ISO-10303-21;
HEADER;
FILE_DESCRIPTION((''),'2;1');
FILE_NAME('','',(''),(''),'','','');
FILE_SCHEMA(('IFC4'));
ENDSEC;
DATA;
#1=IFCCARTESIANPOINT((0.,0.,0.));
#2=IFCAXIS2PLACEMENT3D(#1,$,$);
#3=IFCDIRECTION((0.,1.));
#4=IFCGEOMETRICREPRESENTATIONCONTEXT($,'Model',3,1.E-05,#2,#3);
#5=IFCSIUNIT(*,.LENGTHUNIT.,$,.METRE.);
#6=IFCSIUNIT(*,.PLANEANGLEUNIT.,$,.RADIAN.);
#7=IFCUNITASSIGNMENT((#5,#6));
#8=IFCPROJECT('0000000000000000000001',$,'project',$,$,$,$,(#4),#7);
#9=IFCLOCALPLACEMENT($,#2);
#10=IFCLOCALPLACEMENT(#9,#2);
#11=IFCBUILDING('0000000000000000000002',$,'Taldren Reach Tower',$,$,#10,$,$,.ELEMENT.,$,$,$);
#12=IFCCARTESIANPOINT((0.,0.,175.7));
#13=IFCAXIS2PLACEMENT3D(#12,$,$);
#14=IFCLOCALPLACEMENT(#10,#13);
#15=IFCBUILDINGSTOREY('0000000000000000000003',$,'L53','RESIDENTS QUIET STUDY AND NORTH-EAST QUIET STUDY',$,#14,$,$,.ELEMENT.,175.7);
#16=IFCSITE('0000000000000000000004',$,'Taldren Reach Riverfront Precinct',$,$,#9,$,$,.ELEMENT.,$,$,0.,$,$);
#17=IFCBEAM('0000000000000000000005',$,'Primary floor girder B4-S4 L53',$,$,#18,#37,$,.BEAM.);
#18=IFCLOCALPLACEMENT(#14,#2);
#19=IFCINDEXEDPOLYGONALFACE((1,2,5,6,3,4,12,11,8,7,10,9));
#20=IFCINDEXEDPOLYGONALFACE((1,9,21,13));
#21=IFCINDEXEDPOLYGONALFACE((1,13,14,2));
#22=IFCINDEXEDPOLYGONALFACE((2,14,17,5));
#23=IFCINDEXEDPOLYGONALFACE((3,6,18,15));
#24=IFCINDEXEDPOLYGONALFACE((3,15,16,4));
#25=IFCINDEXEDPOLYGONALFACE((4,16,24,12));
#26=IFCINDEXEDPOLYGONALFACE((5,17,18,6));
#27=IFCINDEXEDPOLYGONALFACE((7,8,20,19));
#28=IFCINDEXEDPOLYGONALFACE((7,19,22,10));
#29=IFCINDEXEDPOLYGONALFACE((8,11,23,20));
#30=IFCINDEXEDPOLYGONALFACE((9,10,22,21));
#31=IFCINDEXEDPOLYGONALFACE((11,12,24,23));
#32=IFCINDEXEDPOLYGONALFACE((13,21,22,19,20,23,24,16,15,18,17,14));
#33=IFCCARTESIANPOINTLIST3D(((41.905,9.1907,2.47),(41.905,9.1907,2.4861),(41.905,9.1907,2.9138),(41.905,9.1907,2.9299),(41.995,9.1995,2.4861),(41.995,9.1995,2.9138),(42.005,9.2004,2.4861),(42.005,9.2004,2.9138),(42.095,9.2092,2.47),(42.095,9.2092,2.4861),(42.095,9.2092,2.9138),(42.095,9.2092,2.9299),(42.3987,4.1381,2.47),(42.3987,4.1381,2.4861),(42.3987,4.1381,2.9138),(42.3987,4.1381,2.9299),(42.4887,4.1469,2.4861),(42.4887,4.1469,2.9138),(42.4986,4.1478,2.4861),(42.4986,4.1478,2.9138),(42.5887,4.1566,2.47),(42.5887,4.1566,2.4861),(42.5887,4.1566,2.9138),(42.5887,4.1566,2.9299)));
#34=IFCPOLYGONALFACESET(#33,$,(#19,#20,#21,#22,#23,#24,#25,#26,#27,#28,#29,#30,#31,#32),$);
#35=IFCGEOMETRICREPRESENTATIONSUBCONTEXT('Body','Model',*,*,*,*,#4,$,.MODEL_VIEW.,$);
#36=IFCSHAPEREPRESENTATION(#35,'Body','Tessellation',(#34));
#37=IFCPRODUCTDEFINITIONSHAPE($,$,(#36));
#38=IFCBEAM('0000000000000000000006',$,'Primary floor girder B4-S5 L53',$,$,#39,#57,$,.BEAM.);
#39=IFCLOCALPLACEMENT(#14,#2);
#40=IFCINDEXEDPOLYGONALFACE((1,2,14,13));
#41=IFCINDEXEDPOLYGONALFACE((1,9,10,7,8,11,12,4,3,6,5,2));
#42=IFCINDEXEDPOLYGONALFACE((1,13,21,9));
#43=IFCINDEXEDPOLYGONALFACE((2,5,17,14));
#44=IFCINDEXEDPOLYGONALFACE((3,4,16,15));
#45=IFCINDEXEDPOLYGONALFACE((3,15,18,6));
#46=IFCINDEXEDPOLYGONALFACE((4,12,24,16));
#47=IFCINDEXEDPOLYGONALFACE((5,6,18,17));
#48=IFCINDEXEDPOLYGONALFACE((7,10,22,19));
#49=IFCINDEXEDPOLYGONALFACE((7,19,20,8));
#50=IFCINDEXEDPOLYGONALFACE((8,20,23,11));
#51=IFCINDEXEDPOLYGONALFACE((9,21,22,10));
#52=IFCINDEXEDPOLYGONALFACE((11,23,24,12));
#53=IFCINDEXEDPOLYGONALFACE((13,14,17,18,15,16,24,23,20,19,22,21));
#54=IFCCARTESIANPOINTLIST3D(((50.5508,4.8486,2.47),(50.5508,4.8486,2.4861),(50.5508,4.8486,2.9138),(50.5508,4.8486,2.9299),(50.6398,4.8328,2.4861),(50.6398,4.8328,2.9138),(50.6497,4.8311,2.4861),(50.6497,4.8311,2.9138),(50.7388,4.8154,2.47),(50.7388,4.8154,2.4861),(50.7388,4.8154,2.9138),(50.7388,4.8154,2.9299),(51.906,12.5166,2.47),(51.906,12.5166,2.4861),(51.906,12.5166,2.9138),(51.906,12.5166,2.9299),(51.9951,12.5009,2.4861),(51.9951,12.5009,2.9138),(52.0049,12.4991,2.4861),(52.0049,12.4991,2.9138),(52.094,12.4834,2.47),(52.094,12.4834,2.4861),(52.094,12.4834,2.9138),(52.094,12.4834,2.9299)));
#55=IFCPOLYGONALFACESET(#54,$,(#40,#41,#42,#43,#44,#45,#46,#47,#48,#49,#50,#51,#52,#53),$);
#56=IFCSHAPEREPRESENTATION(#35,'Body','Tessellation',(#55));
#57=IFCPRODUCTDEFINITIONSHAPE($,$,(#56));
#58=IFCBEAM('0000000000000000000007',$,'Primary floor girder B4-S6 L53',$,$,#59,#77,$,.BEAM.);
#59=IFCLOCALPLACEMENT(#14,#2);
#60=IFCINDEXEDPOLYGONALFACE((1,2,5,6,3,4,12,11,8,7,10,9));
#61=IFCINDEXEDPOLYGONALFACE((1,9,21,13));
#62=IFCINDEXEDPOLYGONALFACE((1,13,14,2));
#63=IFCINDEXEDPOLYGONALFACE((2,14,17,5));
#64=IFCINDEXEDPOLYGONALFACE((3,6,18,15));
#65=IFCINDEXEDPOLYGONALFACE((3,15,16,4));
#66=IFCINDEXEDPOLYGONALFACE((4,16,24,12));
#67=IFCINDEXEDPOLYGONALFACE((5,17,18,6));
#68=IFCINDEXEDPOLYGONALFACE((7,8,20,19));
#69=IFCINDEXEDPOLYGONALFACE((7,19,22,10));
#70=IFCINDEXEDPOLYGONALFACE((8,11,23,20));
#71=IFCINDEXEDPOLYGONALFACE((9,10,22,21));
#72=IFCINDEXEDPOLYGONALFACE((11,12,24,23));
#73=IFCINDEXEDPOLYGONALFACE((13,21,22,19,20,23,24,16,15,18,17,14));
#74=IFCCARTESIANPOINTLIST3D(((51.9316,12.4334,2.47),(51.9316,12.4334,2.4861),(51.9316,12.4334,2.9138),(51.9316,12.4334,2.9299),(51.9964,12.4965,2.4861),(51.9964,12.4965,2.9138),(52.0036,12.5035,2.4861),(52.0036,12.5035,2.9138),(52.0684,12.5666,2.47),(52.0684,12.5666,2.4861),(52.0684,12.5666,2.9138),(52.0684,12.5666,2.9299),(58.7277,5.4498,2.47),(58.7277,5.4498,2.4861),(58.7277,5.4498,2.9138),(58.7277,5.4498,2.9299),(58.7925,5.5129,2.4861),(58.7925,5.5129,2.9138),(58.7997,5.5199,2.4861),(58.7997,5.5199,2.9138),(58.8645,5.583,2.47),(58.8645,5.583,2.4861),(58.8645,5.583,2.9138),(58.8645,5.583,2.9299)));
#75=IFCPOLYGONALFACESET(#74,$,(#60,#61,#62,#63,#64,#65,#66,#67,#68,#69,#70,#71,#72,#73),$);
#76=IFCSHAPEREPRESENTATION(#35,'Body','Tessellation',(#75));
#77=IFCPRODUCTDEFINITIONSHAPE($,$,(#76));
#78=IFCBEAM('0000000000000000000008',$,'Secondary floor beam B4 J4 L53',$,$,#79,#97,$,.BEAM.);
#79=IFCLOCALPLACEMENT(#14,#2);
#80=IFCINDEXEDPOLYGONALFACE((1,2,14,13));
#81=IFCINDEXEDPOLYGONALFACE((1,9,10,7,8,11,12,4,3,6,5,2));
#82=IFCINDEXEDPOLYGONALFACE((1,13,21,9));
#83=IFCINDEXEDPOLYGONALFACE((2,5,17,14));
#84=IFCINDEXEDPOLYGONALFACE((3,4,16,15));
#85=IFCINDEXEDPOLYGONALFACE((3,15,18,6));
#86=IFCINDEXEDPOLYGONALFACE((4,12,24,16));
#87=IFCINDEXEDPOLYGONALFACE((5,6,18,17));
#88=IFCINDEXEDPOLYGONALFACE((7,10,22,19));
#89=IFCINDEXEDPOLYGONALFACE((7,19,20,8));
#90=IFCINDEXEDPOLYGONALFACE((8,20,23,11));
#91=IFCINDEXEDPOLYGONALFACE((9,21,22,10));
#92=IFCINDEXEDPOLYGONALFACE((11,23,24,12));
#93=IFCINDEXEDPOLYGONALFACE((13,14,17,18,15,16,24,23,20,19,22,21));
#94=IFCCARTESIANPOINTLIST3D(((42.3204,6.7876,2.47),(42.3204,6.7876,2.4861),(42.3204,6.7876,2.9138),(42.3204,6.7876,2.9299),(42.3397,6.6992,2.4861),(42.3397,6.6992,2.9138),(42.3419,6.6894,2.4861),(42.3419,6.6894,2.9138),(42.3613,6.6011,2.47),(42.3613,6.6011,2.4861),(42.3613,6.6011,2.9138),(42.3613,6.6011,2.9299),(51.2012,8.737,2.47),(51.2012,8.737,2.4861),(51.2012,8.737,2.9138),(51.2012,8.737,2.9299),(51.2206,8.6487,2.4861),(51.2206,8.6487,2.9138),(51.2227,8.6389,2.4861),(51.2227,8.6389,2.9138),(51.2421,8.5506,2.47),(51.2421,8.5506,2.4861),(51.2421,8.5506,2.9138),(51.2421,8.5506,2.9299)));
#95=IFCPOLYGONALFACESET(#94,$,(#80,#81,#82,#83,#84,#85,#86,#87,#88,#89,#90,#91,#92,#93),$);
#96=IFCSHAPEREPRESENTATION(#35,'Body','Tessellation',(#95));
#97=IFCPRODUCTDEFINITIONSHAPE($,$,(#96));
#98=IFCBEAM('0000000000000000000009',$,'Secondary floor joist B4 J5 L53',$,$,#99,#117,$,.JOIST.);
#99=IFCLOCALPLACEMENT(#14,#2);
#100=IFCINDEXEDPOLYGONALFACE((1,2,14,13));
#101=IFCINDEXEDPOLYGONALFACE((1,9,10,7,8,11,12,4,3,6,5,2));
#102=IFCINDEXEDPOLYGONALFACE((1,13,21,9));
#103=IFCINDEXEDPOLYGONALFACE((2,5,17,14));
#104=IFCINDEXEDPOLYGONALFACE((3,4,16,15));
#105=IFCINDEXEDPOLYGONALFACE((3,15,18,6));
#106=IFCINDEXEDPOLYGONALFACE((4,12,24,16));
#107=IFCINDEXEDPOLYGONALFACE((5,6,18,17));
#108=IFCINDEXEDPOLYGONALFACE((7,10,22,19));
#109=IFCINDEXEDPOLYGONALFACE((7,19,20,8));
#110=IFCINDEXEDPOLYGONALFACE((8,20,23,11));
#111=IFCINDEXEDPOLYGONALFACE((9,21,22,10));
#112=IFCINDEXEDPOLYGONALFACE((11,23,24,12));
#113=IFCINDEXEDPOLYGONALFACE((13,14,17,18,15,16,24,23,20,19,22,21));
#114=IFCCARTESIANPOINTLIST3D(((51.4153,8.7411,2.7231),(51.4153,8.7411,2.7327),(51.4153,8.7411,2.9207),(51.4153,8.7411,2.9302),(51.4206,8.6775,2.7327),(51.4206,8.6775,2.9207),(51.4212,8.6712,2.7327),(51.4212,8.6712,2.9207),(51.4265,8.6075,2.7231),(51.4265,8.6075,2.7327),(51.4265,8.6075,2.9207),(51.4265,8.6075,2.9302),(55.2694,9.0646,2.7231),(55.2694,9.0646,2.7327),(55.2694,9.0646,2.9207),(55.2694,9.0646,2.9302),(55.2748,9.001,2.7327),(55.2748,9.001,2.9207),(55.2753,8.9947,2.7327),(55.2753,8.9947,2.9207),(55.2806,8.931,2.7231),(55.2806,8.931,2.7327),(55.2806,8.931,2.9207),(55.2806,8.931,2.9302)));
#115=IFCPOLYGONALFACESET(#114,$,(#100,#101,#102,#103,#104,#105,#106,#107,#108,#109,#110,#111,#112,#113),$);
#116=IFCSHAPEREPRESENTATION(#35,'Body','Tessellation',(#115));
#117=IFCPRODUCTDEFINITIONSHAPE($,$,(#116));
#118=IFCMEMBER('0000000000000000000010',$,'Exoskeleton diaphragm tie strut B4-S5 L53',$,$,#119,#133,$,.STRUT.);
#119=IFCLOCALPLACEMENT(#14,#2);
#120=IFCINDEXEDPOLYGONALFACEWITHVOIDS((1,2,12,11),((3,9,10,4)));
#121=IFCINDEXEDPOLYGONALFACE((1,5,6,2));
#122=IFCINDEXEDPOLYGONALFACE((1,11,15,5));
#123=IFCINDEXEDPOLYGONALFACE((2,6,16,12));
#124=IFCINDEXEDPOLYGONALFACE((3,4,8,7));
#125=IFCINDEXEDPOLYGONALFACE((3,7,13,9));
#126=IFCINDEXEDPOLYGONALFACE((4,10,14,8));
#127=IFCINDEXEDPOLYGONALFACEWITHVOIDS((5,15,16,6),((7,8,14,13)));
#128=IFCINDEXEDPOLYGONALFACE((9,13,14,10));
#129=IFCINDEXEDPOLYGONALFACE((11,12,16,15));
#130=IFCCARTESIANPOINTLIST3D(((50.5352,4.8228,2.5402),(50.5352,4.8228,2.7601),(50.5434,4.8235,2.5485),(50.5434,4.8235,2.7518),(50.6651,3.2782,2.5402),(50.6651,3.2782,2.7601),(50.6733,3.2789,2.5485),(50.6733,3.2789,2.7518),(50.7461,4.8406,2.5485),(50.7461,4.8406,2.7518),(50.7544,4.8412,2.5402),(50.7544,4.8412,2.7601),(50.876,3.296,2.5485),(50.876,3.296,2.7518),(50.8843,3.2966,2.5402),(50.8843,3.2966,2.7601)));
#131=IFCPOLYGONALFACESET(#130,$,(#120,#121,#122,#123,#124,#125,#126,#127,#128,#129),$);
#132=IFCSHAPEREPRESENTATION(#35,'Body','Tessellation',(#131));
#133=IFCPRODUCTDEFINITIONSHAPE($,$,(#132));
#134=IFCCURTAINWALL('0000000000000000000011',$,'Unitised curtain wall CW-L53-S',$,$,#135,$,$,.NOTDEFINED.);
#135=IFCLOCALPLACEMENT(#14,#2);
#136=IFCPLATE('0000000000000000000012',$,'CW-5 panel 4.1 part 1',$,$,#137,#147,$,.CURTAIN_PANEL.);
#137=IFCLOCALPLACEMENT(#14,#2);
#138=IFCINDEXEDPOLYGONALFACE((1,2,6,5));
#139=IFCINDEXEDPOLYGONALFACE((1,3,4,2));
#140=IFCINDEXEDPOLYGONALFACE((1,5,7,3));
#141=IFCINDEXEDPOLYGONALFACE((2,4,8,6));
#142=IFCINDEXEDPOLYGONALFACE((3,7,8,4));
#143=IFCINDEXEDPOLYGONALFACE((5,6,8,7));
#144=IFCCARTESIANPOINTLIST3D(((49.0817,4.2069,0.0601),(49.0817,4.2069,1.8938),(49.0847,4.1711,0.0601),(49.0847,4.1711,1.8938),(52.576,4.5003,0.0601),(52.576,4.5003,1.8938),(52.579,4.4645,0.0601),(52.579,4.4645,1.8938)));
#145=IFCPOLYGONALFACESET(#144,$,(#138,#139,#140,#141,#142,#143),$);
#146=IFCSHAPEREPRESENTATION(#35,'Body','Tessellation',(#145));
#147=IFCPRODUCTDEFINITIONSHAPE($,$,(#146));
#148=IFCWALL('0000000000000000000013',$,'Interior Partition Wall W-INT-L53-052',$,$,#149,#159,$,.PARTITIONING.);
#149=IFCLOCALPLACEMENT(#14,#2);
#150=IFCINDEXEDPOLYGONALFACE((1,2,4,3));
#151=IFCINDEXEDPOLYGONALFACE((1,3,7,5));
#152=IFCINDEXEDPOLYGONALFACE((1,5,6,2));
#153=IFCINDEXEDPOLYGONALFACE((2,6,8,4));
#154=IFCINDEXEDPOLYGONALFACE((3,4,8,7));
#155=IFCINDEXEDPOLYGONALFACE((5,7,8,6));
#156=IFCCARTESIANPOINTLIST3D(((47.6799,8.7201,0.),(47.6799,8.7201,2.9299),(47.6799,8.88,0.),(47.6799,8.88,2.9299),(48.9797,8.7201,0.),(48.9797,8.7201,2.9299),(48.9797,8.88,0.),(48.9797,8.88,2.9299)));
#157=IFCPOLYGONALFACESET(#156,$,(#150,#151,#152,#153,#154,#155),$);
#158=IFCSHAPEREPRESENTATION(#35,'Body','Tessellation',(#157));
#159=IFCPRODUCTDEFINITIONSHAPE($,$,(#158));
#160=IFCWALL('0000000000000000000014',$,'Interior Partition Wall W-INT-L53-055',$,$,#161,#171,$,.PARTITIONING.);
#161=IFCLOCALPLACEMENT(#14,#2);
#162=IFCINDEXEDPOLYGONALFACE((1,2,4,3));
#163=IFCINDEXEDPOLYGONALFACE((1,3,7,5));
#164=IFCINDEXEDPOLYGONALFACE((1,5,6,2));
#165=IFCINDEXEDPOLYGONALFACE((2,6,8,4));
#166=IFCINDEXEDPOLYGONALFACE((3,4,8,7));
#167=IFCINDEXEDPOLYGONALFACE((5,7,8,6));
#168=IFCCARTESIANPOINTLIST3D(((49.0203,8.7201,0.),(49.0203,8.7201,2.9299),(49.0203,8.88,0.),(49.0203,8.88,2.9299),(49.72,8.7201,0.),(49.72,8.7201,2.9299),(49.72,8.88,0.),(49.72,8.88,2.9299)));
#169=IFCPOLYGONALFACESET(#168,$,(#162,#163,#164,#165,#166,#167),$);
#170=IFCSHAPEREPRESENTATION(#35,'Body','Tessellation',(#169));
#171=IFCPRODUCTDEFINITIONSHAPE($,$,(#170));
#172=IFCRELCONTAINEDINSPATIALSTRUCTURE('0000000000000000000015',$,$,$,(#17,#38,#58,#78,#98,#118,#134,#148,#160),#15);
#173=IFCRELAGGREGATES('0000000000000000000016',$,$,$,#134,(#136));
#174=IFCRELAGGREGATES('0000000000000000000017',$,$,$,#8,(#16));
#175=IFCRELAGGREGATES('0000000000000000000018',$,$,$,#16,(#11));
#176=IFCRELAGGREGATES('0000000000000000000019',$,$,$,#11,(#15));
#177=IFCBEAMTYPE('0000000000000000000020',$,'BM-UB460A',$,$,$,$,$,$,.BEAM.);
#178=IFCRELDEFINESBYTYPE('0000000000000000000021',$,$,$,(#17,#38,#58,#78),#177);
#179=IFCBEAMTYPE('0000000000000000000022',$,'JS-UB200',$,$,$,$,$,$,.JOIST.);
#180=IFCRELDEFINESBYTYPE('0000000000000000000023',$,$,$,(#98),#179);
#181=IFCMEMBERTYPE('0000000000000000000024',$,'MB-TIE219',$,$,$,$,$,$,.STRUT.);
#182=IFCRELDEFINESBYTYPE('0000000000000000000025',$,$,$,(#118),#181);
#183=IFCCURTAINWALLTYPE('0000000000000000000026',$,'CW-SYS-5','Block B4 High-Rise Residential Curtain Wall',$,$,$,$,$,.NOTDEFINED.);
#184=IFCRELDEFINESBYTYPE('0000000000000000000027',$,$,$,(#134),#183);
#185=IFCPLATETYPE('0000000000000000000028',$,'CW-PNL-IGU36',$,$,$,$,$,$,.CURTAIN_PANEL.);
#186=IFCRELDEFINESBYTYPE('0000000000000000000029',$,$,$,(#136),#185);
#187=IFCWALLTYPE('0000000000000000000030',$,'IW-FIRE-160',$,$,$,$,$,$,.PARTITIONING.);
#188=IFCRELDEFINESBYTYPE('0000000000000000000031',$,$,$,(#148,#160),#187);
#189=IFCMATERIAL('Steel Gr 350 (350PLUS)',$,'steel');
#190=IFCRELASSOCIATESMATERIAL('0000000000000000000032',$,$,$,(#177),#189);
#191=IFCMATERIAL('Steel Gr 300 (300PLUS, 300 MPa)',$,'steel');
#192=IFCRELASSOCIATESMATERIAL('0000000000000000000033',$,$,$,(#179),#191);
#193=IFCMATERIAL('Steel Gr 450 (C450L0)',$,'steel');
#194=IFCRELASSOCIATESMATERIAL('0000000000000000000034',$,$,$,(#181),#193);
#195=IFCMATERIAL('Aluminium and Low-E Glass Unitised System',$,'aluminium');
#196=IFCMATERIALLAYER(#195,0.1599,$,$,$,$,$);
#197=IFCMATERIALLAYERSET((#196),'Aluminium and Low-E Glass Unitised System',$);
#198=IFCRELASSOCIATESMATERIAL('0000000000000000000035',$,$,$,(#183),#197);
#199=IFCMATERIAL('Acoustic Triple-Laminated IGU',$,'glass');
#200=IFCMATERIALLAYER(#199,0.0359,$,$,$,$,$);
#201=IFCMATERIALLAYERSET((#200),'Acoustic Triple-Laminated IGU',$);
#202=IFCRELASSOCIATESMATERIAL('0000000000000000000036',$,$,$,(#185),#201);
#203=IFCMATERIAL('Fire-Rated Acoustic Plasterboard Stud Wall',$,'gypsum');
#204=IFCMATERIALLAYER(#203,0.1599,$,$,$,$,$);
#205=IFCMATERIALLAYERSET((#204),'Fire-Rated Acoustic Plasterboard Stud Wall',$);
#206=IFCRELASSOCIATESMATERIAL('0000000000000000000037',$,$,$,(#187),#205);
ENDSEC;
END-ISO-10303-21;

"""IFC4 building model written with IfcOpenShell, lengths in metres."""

from ifc_helpers import new_model, si_unit, direction, frame, frame_2d, origin, origin_2d, place, context, subcontext, project, spatial, rectangle, hollow_rectangle, i_section, extrude, source, transform, mapped, material, layer, layer_set, material_profile, profile_set, type_object, element, aggregate, save


model = new_model("IFC4")

# Units and contexts
model_context = context("Model", 3, precision=1e-05, world=origin(), true_north=direction((0.0, 1.0)))
body_context = subcontext(model_context, "Body", "Model", "MODEL_VIEW")
ifc_project = project(units=[si_unit("LENGTHUNIT", "METRE"), si_unit("PLANEANGLEUNIT", "RADIAN")], contexts=[model_context])

# Site, building, storey
site_placement = place(None, origin())
site = spatial("IfcSite", under=ifc_project, at=site_placement, Name="Taldren Reach Riverfront Precinct", CompositionType="ELEMENT", RefElevation=0.0)
building_placement = place(site_placement, origin())
building = spatial("IfcBuilding", under=site, at=building_placement, Name="Taldren Reach Tower", CompositionType="ELEMENT")
storey_placement = place(building_placement, frame((0.0, 0.0, 175.7)))
storey = spatial("IfcBuildingStorey", under=building, at=storey_placement, Name="L53", Description="RESIDENTS QUIET STUDY AND NORTH-EAST QUIET STUDY", CompositionType="ELEMENT", Elevation=175.7)

# Shared definitions
ifc_material_1 = material(Name="Steel Gr 350 (350PLUS)", Category="steel")

# Beams
ifc_material_profile_1 = material_profile(ifc_material_1, i_section(OverallWidth=0.1909, OverallDepth=0.46, WebThickness=0.01, FlangeThickness=0.0161, at=origin_2d()), Name="460UB82.1")
ifc_profile_set_1 = profile_set([ifc_material_profile_1], Name="Steel Gr 350 (350PLUS)")
beam_type_1 = type_object("IfcBeamType", Name="BM-UB460A", PredefinedType="BEAM", material=ifc_profile_set_1)
shared_shape_1 = source(origin(), body_context, "Body", "SweptSolid", [
    extrude(i_section(OverallWidth=0.1909, OverallDepth=0.46, WebThickness=0.01, FlangeThickness=0.0161, at=origin_2d()), origin(), (0.0, 0.0, 1.0), 5.0767),
])
beam_1_placement = place(storey_placement, frame((42.0, 9.2, 2.7), z_axis=(0.097242, -0.995261, 0.0), x_axis=(0.995261, 0.097242, 0.0)))
element("IfcBeam", 1, at=beam_1_placement, inside=storey, type_object=beam_type_1, Name="Primary floor girder B4-S4 L53", PredefinedType="BEAM", context=body_context, shape_type="MappedRepresentation", body=[
    mapped(shared_shape_1, transform((0.0, 0.0, 0.0), scale=1.0)),
])
shared_shape_2 = source(origin(), body_context, "Body", "SweptSolid", [
    extrude(i_section(OverallWidth=0.1909, OverallDepth=0.46, WebThickness=0.01, FlangeThickness=0.0161, at=origin_2d()), origin(), (0.0, 0.0, 1.0), 7.7869),
])
beam_2_placement = place(storey_placement, frame((52.0, 12.5, 2.7), z_axis=(-0.174041, -0.984738, 0.0), x_axis=(0.984738, -0.174041, 0.0)))
element("IfcBeam", 2, at=beam_2_placement, inside=storey, type_object=beam_type_1, Name="Primary floor girder B4-S5 L53", PredefinedType="BEAM", context=body_context, shape_type="MappedRepresentation", body=[
    mapped(shared_shape_2, transform((0.0, 0.0, 0.0), scale=1.0)),
])
shared_shape_3 = source(origin(), body_context, "Body", "SweptSolid", [
    extrude(i_section(OverallWidth=0.1909, OverallDepth=0.46, WebThickness=0.01, FlangeThickness=0.0161, at=origin_2d()), origin(), (0.0, 0.0, 1.0), 9.7446),
])
beam_3_placement = place(storey_placement, frame((52.0, 12.5, 2.7), z_axis=(0.697421, -0.716662, 0.0), x_axis=(0.716662, 0.697421, 0.0)))
element("IfcBeam", 3, at=beam_3_placement, inside=storey, type_object=beam_type_1, Name="Primary floor girder B4-S6 L53", PredefinedType="BEAM", context=body_context, shape_type="MappedRepresentation", body=[
    mapped(shared_shape_3, transform((0.0, 0.0, 0.0), scale=1.0)),
])
shared_shape_4 = source(origin(), body_context, "Body", "SweptSolid", [
    extrude(i_section(OverallWidth=0.1909, OverallDepth=0.46, WebThickness=0.01, FlangeThickness=0.0161, at=origin_2d()), origin(), (0.0, 0.0, 1.0), 9.0923),
])
beam_4_placement = place(storey_placement, frame((42.3408, 6.6943, 2.7), z_axis=(0.976744, 0.214408, 0.0), x_axis=(-0.214408, 0.976744, 0.0)))
element("IfcBeam", 4, at=beam_4_placement, inside=storey, type_object=beam_type_1, Name="Secondary floor beam B4 J4 L53", PredefinedType="BEAM", context=body_context, shape_type="MappedRepresentation", body=[
    mapped(shared_shape_4, transform((0.0, 0.0, 0.0), scale=1.0)),
])
ifc_material_2 = material(Name="Steel Gr 300 (300PLUS, 300 MPa)", Category="steel")
ifc_material_profile_2 = material_profile(ifc_material_2, i_section(OverallWidth=0.134, OverallDepth=0.207, WebThickness=0.0063, FlangeThickness=0.0095, at=origin_2d()), Name="200UB29.8")
ifc_profile_set_2 = profile_set([ifc_material_profile_2], Name="Steel Gr 300 (300PLUS, 300 MPa)")
beam_type_2 = type_object("IfcBeamType", Name="JS-UB200", PredefinedType="JOIST", material=ifc_profile_set_2)
shared_shape_5 = source(origin(), body_context, "Body", "SweptSolid", [
    extrude(i_section(OverallWidth=0.134, OverallDepth=0.207, WebThickness=0.0063, FlangeThickness=0.0095, at=origin_2d()), origin(), (0.0, 0.0, 1.0), 3.8677),
])
beam_5_placement = place(storey_placement, frame((51.4209, 8.6743, 2.8267), z_axis=(0.996496, 0.083641, 0.0), x_axis=(-0.083641, 0.996496, 0.0)))
element("IfcBeam", 5, at=beam_5_placement, inside=storey, type_object=beam_type_2, Name="Secondary floor joist B4 J5 L53", PredefinedType="JOIST", context=body_context, shape_type="MappedRepresentation", body=[
    mapped(shared_shape_5, transform((0.0, 0.0, 0.0), scale=1.0)),
])

# Member
ifc_material_3 = material(Name="Steel Gr 450 (C450L0)", Category="steel")
ifc_material_profile_3 = material_profile(ifc_material_3, hollow_rectangle(XDim=0.22, YDim=0.22, WallThickness=0.0083, at=origin_2d()), Name="220x220x8.2SHS")
ifc_profile_set_3 = profile_set([ifc_material_profile_3], Name="Steel Gr 450 (C450L0)")
member_type_1 = type_object("IfcMemberType", Name="MB-TIE219", PredefinedType="STRUT", material=ifc_profile_set_3)
shared_shape_6 = source(origin(), body_context, "Body", "SweptSolid", [
    extrude(hollow_rectangle(XDim=0.22, YDim=0.22, WallThickness=0.0083, at=origin_2d()), origin(), (0.0, 0.0, 1.0), 1.55),
])
member_placement = place(storey_placement, frame((50.6448, 4.832, 2.6501), z_axis=(0.083788, -0.996484, 0.0), x_axis=(0.996484, 0.083788, 0.0)))
element("IfcMember", 6, at=member_placement, inside=storey, type_object=member_type_1, Name="Exoskeleton diaphragm tie strut B4-S5 L53", PredefinedType="STRUT", context=body_context, shape_type="MappedRepresentation", body=[
    mapped(shared_shape_6, transform((0.0, 0.0, 0.0), scale=1.0)),
])

# Curtain wall, plate
ifc_material_4 = material(Name="Aluminium and Low-E Glass Unitised System", Category="aluminium")
ifc_layer_1 = layer(ifc_material_4, 0.1599)
ifc_layer_set_1 = layer_set([ifc_layer_1], Name="Aluminium and Low-E Glass Unitised System")
curtain_wall_type = type_object("IfcCurtainWallType", Name="CW-SYS-5", Description="Block B4 High-Rise Residential Curtain Wall", PredefinedType="NOTDEFINED", material=ifc_layer_set_1)
curtain_wall_placement = place(storey_placement, origin())
curtain_wall = element("IfcCurtainWall", 7, at=curtain_wall_placement, inside=storey, type_object=curtain_wall_type, Name="Unitised curtain wall CW-L53-S", PredefinedType="NOTDEFINED")
ifc_material_5 = material(Name="Acoustic Triple-Laminated IGU", Category="glass")
ifc_layer_2 = layer(ifc_material_5, 0.0359)
ifc_layer_set_2 = layer_set([ifc_layer_2], Name="Acoustic Triple-Laminated IGU")
plate_type = type_object("IfcPlateType", Name="CW-PNL-IGU36", PredefinedType="CURTAIN_PANEL", material=ifc_layer_set_2)
shared_shape_7 = source(origin(), body_context, "Body", "SweptSolid", [
    extrude(rectangle(XDim=3.5066, YDim=0.0359, at=origin_2d()), origin(), (0.0, 0.0, 1.0), 1.8337),
])
plate_placement = place(storey_placement, frame((50.8303, 4.3357, 0.0601), z_axis=(0.0, 0.0, 1.0), x_axis=(0.996493, 0.083678, 0.0)))
plate = element("IfcPlate", 8, at=plate_placement, type_object=plate_type, Name="CW-5 panel 4.1 part 1", PredefinedType="CURTAIN_PANEL", context=body_context, shape_type="MappedRepresentation", body=[
    mapped(shared_shape_7, transform((0.0, 0.0, 0.0), scale=1.0)),
])
aggregate(curtain_wall, [plate])

# Walls
ifc_material_6 = material(Name="Fire-Rated Acoustic Plasterboard Stud Wall", Category="gypsum")
ifc_layer_3 = layer(ifc_material_6, 0.1599)
ifc_layer_set_3 = layer_set([ifc_layer_3], Name="Fire-Rated Acoustic Plasterboard Stud Wall")
wall_type_1 = type_object("IfcWallType", Name="IW-FIRE-160", PredefinedType="PARTITIONING", material=ifc_layer_set_3)
shared_shape_8 = source(origin(), body_context, "Body", "SweptSolid", [
    extrude(rectangle(XDim=1.2998, YDim=0.1599, at=frame_2d((0.6499, 0.0))), origin(), (0.0, 0.0, 1.0), 2.9299),
])
wall_1_placement = place(storey_placement, frame((48.9797, 8.8, 0.0), z_axis=(0.0, 0.0, 1.0), x_axis=(-1.0, 0.0, 0.0)))
element("IfcWall", 9, at=wall_1_placement, inside=storey, type_object=wall_type_1, Name="Interior Partition Wall W-INT-L53-052", PredefinedType="PARTITIONING", context=body_context, shape_type="MappedRepresentation", body=[
    mapped(shared_shape_8, transform((0.0, 0.0, 0.0), scale=1.0)),
])
shared_shape_9 = source(origin(), body_context, "Body", "SweptSolid", [
    extrude(rectangle(XDim=0.6997, YDim=0.1599, at=frame_2d((0.3499, 0.0))), origin(), (0.0, 0.0, 1.0), 2.9299),
])
wall_2_placement = place(storey_placement, frame((49.72, 8.8, 0.0), z_axis=(0.0, 0.0, 1.0), x_axis=(-1.0, 0.0, 0.0)))
element("IfcWall", 10, at=wall_2_placement, inside=storey, type_object=wall_type_1, Name="Interior Partition Wall W-INT-L53-055", PredefinedType="PARTITIONING", context=body_context, shape_type="MappedRepresentation", body=[
    mapped(shared_shape_9, transform((0.0, 0.0, 0.0), scale=1.0)),
])

save(model, "model.ifc")
